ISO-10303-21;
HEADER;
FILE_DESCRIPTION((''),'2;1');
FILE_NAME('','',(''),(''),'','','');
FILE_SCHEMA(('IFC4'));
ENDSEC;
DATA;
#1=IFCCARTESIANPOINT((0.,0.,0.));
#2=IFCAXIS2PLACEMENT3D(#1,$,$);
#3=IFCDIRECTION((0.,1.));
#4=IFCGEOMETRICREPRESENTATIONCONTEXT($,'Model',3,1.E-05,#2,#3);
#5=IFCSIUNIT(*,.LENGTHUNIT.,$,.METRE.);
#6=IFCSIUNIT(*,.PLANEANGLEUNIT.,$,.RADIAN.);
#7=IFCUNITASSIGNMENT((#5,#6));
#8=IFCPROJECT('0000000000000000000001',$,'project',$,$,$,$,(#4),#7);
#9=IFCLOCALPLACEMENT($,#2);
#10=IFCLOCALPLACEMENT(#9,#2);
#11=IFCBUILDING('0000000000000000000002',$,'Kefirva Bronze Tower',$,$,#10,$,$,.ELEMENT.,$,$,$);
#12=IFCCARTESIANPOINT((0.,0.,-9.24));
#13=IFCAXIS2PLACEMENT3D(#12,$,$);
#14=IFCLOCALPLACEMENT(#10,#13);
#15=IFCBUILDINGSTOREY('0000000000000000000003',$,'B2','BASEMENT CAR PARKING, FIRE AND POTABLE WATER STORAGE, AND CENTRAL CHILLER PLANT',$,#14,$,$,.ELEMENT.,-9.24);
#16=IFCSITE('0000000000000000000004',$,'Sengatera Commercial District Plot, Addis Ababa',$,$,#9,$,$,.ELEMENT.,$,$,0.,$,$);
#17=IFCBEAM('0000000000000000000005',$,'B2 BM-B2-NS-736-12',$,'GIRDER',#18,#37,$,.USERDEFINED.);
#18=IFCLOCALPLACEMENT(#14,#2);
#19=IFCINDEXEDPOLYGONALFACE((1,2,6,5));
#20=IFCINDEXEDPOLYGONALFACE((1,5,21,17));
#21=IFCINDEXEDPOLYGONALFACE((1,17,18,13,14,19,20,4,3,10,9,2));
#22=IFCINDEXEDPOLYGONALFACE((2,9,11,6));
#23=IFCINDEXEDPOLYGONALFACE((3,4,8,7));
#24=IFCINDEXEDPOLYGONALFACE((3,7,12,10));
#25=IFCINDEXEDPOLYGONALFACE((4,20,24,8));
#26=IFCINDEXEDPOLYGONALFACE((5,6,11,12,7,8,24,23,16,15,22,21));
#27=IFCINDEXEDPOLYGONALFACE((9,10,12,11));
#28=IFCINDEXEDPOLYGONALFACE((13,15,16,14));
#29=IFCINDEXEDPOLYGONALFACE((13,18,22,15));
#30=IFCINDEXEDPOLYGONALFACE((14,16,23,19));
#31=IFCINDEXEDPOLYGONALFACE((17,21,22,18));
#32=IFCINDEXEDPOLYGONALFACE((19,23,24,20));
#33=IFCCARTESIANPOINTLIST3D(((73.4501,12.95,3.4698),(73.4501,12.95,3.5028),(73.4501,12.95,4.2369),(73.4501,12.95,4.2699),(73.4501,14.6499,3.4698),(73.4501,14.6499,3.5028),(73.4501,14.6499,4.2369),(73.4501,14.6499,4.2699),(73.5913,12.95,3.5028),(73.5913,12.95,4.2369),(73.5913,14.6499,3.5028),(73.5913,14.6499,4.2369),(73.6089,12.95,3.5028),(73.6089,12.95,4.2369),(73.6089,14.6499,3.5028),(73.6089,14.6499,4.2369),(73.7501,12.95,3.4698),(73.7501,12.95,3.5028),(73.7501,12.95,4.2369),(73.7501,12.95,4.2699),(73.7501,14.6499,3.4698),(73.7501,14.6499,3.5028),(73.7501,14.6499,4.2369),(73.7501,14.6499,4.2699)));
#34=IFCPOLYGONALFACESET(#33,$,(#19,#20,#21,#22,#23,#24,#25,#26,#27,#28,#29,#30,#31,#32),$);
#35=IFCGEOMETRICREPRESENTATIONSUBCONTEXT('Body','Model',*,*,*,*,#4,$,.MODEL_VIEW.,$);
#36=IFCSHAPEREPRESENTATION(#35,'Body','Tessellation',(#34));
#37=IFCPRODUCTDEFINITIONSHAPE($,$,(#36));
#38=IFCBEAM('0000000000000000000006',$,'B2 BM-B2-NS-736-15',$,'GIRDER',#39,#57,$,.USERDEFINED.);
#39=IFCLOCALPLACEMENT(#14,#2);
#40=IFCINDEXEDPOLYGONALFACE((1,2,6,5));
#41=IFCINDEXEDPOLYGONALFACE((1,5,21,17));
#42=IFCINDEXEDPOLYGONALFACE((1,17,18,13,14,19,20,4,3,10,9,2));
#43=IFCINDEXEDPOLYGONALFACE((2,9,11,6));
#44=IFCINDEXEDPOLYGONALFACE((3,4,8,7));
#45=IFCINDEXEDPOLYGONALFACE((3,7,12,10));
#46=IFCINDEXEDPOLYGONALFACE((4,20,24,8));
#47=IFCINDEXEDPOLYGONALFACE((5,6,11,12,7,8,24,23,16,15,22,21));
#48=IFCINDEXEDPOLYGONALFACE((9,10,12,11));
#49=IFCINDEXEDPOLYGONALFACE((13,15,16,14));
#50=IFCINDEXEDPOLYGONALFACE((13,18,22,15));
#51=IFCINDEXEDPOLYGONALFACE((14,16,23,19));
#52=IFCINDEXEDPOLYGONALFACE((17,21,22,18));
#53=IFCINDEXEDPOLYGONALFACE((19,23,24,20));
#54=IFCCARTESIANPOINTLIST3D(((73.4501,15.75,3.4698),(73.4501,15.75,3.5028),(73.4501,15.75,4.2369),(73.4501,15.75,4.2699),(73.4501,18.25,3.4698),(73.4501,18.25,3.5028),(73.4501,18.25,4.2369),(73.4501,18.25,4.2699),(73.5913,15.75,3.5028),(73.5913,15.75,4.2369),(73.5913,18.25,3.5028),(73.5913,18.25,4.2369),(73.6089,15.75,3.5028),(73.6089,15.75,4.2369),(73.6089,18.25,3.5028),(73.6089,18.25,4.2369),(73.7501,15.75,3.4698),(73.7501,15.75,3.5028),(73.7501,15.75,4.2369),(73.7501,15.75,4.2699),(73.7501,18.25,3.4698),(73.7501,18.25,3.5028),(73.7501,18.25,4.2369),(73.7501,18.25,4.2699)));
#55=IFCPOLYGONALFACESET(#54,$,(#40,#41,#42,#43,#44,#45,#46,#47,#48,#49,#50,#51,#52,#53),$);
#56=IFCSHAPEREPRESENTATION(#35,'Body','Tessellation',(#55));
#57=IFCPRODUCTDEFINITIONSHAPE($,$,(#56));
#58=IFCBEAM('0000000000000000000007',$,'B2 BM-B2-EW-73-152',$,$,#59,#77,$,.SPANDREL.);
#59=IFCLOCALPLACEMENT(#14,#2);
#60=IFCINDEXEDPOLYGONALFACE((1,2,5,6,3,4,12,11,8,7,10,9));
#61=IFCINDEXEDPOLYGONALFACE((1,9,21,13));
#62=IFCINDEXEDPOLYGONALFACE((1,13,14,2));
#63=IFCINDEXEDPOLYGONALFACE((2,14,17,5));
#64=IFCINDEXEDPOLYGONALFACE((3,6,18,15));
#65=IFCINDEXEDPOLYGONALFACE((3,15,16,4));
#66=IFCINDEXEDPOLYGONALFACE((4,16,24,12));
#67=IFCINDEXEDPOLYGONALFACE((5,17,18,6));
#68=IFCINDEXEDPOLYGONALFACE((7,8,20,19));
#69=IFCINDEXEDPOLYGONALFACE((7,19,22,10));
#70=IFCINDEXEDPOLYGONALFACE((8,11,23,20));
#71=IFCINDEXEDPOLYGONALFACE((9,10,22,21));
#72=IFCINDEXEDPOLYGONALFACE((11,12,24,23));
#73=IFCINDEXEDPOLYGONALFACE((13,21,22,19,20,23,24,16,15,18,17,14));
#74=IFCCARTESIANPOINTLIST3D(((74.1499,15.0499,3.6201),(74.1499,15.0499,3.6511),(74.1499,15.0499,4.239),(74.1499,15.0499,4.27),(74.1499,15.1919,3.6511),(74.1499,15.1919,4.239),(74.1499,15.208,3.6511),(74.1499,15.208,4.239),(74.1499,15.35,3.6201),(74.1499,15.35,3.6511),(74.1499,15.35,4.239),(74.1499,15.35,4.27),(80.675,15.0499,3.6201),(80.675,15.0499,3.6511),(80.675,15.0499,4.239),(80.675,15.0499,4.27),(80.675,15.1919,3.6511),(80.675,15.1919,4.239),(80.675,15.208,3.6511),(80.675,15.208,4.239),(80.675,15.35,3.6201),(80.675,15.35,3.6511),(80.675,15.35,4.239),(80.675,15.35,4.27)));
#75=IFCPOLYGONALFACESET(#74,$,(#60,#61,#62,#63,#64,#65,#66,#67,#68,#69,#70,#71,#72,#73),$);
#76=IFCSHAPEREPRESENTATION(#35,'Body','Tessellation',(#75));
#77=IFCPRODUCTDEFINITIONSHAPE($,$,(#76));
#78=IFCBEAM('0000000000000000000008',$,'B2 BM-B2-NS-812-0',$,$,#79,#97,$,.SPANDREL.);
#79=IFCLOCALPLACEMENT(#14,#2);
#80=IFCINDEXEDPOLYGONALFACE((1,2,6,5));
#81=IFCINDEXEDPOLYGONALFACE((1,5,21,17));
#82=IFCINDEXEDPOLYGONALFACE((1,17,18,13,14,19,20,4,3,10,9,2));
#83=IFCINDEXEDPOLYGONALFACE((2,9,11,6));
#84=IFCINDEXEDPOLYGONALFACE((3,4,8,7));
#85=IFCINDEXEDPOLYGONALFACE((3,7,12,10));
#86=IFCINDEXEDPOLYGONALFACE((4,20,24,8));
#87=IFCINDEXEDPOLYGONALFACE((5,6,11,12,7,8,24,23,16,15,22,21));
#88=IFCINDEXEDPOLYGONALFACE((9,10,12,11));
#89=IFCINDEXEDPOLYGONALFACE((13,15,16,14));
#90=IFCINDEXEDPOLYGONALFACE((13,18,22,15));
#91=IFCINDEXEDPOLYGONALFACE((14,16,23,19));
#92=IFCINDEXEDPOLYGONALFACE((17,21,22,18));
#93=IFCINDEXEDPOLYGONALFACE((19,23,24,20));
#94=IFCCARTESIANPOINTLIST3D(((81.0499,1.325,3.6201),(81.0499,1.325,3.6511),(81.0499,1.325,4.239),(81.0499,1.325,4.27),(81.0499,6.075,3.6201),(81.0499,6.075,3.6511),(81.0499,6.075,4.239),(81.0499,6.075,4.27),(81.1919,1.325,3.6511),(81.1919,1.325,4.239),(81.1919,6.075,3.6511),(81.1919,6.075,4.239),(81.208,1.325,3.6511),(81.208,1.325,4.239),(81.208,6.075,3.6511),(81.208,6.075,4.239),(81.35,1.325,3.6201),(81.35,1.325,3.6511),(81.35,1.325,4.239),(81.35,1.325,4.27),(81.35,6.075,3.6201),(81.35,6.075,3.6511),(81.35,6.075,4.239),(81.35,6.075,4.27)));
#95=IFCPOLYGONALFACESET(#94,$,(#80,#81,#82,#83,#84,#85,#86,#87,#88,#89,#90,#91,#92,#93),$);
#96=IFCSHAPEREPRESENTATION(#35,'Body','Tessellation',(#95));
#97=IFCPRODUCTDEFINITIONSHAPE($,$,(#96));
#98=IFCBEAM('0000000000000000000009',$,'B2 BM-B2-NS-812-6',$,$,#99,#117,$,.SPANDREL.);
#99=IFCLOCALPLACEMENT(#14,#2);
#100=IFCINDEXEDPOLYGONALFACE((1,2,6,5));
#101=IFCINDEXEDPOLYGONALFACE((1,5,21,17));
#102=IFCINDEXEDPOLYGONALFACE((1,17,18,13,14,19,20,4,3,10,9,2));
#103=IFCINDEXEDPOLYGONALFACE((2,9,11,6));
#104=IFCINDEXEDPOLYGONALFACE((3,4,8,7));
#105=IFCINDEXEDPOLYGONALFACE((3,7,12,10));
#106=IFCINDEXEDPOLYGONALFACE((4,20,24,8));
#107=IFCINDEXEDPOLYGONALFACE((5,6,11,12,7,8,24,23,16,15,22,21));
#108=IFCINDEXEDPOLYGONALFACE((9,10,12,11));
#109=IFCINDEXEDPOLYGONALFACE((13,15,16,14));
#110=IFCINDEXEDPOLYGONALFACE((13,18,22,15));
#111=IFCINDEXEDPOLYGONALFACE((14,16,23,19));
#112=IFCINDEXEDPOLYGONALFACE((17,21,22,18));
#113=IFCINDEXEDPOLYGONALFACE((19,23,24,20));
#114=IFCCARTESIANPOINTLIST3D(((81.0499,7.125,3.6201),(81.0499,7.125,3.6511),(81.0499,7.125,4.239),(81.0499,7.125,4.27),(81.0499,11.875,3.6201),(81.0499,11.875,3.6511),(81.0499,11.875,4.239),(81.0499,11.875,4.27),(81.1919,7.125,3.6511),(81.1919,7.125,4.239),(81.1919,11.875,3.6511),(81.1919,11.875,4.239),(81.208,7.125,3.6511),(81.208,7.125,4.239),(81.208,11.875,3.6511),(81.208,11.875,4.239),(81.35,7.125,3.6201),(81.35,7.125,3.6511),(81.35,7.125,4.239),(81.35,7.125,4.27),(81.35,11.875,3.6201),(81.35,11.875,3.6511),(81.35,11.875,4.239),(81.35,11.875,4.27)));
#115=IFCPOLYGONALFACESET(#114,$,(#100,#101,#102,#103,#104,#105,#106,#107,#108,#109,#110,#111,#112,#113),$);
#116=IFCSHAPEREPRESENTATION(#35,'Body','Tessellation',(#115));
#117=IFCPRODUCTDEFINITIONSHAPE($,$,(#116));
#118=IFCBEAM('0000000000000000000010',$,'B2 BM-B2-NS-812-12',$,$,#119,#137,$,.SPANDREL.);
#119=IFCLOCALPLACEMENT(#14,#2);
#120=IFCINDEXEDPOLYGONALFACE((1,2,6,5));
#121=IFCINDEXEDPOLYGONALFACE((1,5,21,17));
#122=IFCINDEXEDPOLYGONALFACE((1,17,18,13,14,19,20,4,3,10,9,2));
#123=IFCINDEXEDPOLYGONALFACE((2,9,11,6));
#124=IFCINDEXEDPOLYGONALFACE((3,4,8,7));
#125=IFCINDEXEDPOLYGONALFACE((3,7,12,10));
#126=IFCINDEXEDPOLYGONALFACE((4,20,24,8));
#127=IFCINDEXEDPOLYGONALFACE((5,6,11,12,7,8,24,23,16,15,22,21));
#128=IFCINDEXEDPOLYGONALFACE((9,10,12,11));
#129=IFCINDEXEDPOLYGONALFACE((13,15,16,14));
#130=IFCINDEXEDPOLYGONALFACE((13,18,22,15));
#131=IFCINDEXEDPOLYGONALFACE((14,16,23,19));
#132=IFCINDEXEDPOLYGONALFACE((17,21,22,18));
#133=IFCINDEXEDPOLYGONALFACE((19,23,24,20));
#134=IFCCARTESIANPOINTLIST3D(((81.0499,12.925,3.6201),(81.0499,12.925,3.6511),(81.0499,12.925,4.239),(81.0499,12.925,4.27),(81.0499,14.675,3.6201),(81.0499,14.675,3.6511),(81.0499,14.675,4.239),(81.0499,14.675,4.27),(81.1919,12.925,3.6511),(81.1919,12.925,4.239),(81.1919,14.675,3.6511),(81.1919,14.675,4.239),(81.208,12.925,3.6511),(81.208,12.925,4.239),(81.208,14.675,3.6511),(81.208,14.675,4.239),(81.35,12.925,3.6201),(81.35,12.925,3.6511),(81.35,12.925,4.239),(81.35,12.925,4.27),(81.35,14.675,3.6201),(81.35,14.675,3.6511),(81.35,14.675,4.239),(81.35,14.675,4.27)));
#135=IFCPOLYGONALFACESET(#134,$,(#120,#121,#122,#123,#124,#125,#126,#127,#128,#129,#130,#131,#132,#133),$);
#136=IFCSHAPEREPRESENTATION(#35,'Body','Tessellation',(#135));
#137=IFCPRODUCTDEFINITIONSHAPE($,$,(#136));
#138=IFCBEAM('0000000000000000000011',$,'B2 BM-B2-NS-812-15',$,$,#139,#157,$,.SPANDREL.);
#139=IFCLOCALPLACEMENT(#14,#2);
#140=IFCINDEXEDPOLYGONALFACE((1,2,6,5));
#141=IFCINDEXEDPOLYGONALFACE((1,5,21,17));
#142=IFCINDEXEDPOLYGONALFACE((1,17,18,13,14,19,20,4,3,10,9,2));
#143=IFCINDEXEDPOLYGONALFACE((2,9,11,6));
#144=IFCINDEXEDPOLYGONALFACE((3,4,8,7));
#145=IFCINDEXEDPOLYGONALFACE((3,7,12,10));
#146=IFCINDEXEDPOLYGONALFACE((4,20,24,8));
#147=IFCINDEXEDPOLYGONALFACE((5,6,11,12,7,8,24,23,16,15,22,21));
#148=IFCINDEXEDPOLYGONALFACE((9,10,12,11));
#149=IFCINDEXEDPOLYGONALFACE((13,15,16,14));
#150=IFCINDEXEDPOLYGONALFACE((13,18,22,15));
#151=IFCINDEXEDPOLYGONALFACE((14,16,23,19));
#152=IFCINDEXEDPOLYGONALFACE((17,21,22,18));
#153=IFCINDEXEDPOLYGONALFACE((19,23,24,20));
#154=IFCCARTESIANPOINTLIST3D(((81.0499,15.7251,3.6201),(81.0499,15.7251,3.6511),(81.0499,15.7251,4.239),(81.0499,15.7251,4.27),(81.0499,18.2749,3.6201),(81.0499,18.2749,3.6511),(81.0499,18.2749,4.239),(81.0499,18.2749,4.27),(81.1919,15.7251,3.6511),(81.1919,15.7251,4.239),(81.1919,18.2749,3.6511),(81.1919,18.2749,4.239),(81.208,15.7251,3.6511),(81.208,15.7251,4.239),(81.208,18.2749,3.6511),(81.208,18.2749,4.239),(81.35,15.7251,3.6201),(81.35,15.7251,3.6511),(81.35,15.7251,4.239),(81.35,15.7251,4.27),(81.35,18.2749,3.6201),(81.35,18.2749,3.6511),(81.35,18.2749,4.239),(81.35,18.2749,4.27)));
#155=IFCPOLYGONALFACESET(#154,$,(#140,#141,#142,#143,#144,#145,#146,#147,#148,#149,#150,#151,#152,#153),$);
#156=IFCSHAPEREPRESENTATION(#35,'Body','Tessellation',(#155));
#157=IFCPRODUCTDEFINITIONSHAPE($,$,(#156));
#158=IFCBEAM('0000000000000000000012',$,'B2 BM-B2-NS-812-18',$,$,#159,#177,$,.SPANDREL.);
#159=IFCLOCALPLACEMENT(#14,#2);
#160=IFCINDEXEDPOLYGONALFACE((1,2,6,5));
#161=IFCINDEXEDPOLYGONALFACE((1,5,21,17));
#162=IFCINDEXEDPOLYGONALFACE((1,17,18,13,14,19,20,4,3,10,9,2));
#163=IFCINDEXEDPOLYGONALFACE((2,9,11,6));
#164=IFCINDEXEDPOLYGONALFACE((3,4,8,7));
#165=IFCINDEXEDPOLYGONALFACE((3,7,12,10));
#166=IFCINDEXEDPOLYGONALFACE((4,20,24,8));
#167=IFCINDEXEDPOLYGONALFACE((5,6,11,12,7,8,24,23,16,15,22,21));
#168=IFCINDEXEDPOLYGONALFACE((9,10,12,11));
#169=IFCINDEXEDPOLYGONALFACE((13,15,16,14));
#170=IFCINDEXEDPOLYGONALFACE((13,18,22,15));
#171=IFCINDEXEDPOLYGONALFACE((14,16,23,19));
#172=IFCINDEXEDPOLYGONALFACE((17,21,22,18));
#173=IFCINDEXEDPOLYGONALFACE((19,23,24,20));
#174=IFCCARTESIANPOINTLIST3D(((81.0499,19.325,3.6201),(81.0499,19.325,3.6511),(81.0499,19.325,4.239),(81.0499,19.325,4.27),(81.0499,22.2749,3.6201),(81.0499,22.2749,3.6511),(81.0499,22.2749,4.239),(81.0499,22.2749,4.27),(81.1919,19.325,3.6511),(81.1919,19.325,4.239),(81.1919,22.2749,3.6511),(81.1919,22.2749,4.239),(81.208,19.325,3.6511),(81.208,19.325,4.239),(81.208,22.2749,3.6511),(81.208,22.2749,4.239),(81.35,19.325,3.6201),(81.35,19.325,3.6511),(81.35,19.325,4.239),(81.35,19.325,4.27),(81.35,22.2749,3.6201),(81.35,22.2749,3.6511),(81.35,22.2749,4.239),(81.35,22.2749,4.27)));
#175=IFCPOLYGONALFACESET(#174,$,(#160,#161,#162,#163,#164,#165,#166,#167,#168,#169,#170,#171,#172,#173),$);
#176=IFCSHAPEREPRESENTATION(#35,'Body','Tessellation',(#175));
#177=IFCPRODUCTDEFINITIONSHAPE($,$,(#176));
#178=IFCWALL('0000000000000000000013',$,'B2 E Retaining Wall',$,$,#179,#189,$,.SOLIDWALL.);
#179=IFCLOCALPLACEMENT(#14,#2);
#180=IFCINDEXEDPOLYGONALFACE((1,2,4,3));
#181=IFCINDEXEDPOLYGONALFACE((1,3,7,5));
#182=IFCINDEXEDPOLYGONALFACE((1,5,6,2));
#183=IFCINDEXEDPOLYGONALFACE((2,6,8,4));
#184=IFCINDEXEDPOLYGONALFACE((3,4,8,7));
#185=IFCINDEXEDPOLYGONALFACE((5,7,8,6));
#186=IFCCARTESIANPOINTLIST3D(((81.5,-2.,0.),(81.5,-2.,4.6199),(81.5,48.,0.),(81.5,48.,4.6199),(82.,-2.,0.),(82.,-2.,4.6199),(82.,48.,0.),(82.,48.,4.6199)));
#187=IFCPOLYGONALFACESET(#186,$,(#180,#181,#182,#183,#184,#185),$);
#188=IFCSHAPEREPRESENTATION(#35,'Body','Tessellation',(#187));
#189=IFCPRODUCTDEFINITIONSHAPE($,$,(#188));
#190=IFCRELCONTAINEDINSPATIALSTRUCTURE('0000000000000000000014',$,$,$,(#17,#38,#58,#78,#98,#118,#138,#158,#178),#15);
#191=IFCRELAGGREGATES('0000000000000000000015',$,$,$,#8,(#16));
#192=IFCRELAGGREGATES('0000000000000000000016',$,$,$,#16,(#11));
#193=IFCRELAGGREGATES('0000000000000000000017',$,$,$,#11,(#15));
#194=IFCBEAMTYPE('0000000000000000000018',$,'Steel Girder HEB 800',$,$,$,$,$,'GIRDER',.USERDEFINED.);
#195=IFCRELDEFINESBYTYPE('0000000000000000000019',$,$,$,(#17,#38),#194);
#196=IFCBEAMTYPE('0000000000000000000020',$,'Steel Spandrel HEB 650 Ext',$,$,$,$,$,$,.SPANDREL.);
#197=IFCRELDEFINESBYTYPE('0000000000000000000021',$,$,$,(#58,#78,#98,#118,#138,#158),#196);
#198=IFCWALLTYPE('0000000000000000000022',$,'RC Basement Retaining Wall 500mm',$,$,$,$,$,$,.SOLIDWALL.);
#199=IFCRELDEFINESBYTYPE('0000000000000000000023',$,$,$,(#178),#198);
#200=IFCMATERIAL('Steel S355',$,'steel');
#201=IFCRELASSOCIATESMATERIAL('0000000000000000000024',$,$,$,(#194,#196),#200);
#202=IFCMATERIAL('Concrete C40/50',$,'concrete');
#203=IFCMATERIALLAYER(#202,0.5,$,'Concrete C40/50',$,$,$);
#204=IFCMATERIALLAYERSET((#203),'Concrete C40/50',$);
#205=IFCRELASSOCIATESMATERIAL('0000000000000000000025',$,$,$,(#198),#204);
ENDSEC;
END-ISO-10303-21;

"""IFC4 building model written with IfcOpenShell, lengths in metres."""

from ifc_helpers import new_model, si_unit, direction, frame, frame_2d, origin, origin_2d, place, context, subcontext, project, spatial, rectangle, i_section, extrude, material, layer, layer_set, material_profile, profile_set, type_object, element, save


model = new_model("IFC4")

# Units and contexts
model_context = context("Model", 3, precision=1e-05, world=origin(), true_north=direction((0.0, 1.0)))
body_context = subcontext(model_context, "Body", "Model", "MODEL_VIEW")
ifc_project = project(units=[si_unit("LENGTHUNIT", "METRE"), si_unit("PLANEANGLEUNIT", "RADIAN")], contexts=[model_context])

# Site, building, storey
site_placement = place(None, origin())
site = spatial("IfcSite", under=ifc_project, at=site_placement, Name="Sengatera Commercial District Plot, Addis Ababa", CompositionType="ELEMENT", RefElevation=0.0)
building_placement = place(site_placement, origin())
building = spatial("IfcBuilding", under=site, at=building_placement, Name="Kefirva Bronze Tower", CompositionType="ELEMENT")
storey_placement = place(building_placement, frame((0.0, 0.0, -9.24)))
storey = spatial("IfcBuildingStorey", under=building, at=storey_placement, Name="B2", Description="BASEMENT CAR PARKING, FIRE AND POTABLE WATER STORAGE, AND CENTRAL CHILLER PLANT", CompositionType="ELEMENT", Elevation=-9.24)

# Beams
ifc_material_1 = material(Name="Steel S355", Category="steel")
ifc_material_profile_1 = material_profile(ifc_material_1, i_section(OverallWidth=0.3, OverallDepth=0.8, WebThickness=0.0176, FlangeThickness=0.033, at=origin_2d()), Name="HEB 800")
ifc_profile_set_1 = profile_set([ifc_material_profile_1], Name="Steel S355")
beam_type_1 = type_object("IfcBeamType", Name="Steel Girder HEB 800", ElementType="GIRDER", PredefinedType="USERDEFINED", material=ifc_profile_set_1)
beam_1_placement = place(storey_placement, frame((73.6001, 12.95, 3.8699), z_axis=(0.0, 1.0, 0.0), x_axis=(-1.0, 0.0, 0.0)))
element("IfcBeam", 1, at=beam_1_placement, inside=storey, type_object=beam_type_1, Name="B2 BM-B2-NS-736-12", ObjectType="GIRDER", PredefinedType="USERDEFINED", context=body_context, shape_type="SweptSolid", body=[
    extrude(i_section(OverallWidth=0.3, OverallDepth=0.8, WebThickness=0.0176, FlangeThickness=0.033, at=origin_2d()), origin(), (0.0, 0.0, 1.0), 1.7),
])
beam_2_placement = place(storey_placement, frame((73.6001, 15.75, 3.8699), z_axis=(0.0, 1.0, 0.0), x_axis=(-1.0, 0.0, 0.0)))
element("IfcBeam", 2, at=beam_2_placement, inside=storey, type_object=beam_type_1, Name="B2 BM-B2-NS-736-15", ObjectType="GIRDER", PredefinedType="USERDEFINED", context=body_context, shape_type="SweptSolid", body=[
    extrude(i_section(OverallWidth=0.3, OverallDepth=0.8, WebThickness=0.0176, FlangeThickness=0.033, at=origin_2d()), origin(), (0.0, 0.0, 1.0), 2.5),
])
ifc_material_profile_2 = material_profile(ifc_material_1, i_section(OverallWidth=0.3, OverallDepth=0.6499, WebThickness=0.0161, FlangeThickness=0.031, at=origin_2d()), Name="HEB 650")
ifc_profile_set_2 = profile_set([ifc_material_profile_2], Name="Steel S355")
beam_type_2 = type_object("IfcBeamType", Name="Steel Spandrel HEB 650 Ext", PredefinedType="SPANDREL", material=ifc_profile_set_2)
beam_3_placement = place(storey_placement, frame((74.1499, 15.2, 3.9451), z_axis=(1.0, 0.0, 0.0), x_axis=(0.0, 1.0, 0.0)))
element("IfcBeam", 3, at=beam_3_placement, inside=storey, type_object=beam_type_2, Name="B2 BM-B2-EW-73-152", PredefinedType="SPANDREL", context=body_context, shape_type="SweptSolid", body=[
    extrude(i_section(OverallWidth=0.3, OverallDepth=0.6499, WebThickness=0.0161, FlangeThickness=0.031, at=origin_2d()), origin(), (0.0, 0.0, 1.0), 6.5251),
])
for number, where, z_axis, x_axis, name in (
    (4, (81.2, 1.325, 3.9451), (0.0, 1.0, 0.0), (-1.0, 0.0, 0.0), "B2 BM-B2-NS-812-0"),
    (5, (81.2, 7.125, 3.9451), (0.0, 1.0, 0.0), (-1.0, 0.0, 0.0), "B2 BM-B2-NS-812-6"),
):
    element("IfcBeam", number, at=place(storey_placement, frame(where, z_axis=z_axis, x_axis=x_axis)), inside=storey, type_object=beam_type_2, Name=name, PredefinedType="SPANDREL", context=body_context, shape_type="SweptSolid", body=[
        extrude(i_section(OverallWidth=0.3, OverallDepth=0.6499, WebThickness=0.0161, FlangeThickness=0.031, at=origin_2d()), origin(), (0.0, 0.0, 1.0), 4.75),
    ])
beam_4_placement = place(storey_placement, frame((81.2, 12.925, 3.9451), z_axis=(0.0, 1.0, 0.0), x_axis=(-1.0, 0.0, 0.0)))
element("IfcBeam", 6, at=beam_4_placement, inside=storey, type_object=beam_type_2, Name="B2 BM-B2-NS-812-12", PredefinedType="SPANDREL", context=body_context, shape_type="SweptSolid", body=[
    extrude(i_section(OverallWidth=0.3, OverallDepth=0.6499, WebThickness=0.0161, FlangeThickness=0.031, at=origin_2d()), origin(), (0.0, 0.0, 1.0), 1.75),
])
beam_5_placement = place(storey_placement, frame((81.2, 15.7251, 3.9451), z_axis=(0.0, 1.0, 0.0), x_axis=(-1.0, 0.0, 0.0)))
element("IfcBeam", 7, at=beam_5_placement, inside=storey, type_object=beam_type_2, Name="B2 BM-B2-NS-812-15", PredefinedType="SPANDREL", context=body_context, shape_type="SweptSolid", body=[
    extrude(i_section(OverallWidth=0.3, OverallDepth=0.6499, WebThickness=0.0161, FlangeThickness=0.031, at=origin_2d()), origin(), (0.0, 0.0, 1.0), 2.5498),
])
beam_6_placement = place(storey_placement, frame((81.2, 19.325, 3.9451), z_axis=(0.0, 1.0, 0.0), x_axis=(-1.0, 0.0, 0.0)))
element("IfcBeam", 8, at=beam_6_placement, inside=storey, type_object=beam_type_2, Name="B2 BM-B2-NS-812-18", PredefinedType="SPANDREL", context=body_context, shape_type="SweptSolid", body=[
    extrude(i_section(OverallWidth=0.3, OverallDepth=0.6499, WebThickness=0.0161, FlangeThickness=0.031, at=origin_2d()), origin(), (0.0, 0.0, 1.0), 2.95),
])

# Wall
ifc_material_2 = material(Name="Concrete C40/50", Category="concrete")
ifc_layer = layer(ifc_material_2, 0.5, Name="Concrete C40/50")
ifc_layer_set = layer_set([ifc_layer], Name="Concrete C40/50")
wall_type = type_object("IfcWallType", Name="RC Basement Retaining Wall 500mm", PredefinedType="SOLIDWALL", material=ifc_layer_set)
wall_placement = place(storey_placement, frame((81.75, -2.0, 0.0), z_axis=(0.0, 0.0, 1.0), x_axis=(0.0, 1.0, 0.0)))
element("IfcWall", 9, at=wall_placement, inside=storey, type_object=wall_type, Name="B2 E Retaining Wall", PredefinedType="SOLIDWALL", context=body_context, shape_type="SweptSolid", body=[
    extrude(rectangle(XDim=50.0, YDim=0.5, at=frame_2d((25.0, 0.0))), origin(), (0.0, 0.0, 1.0), 4.6199),
])

save(model, "model.ifc")
